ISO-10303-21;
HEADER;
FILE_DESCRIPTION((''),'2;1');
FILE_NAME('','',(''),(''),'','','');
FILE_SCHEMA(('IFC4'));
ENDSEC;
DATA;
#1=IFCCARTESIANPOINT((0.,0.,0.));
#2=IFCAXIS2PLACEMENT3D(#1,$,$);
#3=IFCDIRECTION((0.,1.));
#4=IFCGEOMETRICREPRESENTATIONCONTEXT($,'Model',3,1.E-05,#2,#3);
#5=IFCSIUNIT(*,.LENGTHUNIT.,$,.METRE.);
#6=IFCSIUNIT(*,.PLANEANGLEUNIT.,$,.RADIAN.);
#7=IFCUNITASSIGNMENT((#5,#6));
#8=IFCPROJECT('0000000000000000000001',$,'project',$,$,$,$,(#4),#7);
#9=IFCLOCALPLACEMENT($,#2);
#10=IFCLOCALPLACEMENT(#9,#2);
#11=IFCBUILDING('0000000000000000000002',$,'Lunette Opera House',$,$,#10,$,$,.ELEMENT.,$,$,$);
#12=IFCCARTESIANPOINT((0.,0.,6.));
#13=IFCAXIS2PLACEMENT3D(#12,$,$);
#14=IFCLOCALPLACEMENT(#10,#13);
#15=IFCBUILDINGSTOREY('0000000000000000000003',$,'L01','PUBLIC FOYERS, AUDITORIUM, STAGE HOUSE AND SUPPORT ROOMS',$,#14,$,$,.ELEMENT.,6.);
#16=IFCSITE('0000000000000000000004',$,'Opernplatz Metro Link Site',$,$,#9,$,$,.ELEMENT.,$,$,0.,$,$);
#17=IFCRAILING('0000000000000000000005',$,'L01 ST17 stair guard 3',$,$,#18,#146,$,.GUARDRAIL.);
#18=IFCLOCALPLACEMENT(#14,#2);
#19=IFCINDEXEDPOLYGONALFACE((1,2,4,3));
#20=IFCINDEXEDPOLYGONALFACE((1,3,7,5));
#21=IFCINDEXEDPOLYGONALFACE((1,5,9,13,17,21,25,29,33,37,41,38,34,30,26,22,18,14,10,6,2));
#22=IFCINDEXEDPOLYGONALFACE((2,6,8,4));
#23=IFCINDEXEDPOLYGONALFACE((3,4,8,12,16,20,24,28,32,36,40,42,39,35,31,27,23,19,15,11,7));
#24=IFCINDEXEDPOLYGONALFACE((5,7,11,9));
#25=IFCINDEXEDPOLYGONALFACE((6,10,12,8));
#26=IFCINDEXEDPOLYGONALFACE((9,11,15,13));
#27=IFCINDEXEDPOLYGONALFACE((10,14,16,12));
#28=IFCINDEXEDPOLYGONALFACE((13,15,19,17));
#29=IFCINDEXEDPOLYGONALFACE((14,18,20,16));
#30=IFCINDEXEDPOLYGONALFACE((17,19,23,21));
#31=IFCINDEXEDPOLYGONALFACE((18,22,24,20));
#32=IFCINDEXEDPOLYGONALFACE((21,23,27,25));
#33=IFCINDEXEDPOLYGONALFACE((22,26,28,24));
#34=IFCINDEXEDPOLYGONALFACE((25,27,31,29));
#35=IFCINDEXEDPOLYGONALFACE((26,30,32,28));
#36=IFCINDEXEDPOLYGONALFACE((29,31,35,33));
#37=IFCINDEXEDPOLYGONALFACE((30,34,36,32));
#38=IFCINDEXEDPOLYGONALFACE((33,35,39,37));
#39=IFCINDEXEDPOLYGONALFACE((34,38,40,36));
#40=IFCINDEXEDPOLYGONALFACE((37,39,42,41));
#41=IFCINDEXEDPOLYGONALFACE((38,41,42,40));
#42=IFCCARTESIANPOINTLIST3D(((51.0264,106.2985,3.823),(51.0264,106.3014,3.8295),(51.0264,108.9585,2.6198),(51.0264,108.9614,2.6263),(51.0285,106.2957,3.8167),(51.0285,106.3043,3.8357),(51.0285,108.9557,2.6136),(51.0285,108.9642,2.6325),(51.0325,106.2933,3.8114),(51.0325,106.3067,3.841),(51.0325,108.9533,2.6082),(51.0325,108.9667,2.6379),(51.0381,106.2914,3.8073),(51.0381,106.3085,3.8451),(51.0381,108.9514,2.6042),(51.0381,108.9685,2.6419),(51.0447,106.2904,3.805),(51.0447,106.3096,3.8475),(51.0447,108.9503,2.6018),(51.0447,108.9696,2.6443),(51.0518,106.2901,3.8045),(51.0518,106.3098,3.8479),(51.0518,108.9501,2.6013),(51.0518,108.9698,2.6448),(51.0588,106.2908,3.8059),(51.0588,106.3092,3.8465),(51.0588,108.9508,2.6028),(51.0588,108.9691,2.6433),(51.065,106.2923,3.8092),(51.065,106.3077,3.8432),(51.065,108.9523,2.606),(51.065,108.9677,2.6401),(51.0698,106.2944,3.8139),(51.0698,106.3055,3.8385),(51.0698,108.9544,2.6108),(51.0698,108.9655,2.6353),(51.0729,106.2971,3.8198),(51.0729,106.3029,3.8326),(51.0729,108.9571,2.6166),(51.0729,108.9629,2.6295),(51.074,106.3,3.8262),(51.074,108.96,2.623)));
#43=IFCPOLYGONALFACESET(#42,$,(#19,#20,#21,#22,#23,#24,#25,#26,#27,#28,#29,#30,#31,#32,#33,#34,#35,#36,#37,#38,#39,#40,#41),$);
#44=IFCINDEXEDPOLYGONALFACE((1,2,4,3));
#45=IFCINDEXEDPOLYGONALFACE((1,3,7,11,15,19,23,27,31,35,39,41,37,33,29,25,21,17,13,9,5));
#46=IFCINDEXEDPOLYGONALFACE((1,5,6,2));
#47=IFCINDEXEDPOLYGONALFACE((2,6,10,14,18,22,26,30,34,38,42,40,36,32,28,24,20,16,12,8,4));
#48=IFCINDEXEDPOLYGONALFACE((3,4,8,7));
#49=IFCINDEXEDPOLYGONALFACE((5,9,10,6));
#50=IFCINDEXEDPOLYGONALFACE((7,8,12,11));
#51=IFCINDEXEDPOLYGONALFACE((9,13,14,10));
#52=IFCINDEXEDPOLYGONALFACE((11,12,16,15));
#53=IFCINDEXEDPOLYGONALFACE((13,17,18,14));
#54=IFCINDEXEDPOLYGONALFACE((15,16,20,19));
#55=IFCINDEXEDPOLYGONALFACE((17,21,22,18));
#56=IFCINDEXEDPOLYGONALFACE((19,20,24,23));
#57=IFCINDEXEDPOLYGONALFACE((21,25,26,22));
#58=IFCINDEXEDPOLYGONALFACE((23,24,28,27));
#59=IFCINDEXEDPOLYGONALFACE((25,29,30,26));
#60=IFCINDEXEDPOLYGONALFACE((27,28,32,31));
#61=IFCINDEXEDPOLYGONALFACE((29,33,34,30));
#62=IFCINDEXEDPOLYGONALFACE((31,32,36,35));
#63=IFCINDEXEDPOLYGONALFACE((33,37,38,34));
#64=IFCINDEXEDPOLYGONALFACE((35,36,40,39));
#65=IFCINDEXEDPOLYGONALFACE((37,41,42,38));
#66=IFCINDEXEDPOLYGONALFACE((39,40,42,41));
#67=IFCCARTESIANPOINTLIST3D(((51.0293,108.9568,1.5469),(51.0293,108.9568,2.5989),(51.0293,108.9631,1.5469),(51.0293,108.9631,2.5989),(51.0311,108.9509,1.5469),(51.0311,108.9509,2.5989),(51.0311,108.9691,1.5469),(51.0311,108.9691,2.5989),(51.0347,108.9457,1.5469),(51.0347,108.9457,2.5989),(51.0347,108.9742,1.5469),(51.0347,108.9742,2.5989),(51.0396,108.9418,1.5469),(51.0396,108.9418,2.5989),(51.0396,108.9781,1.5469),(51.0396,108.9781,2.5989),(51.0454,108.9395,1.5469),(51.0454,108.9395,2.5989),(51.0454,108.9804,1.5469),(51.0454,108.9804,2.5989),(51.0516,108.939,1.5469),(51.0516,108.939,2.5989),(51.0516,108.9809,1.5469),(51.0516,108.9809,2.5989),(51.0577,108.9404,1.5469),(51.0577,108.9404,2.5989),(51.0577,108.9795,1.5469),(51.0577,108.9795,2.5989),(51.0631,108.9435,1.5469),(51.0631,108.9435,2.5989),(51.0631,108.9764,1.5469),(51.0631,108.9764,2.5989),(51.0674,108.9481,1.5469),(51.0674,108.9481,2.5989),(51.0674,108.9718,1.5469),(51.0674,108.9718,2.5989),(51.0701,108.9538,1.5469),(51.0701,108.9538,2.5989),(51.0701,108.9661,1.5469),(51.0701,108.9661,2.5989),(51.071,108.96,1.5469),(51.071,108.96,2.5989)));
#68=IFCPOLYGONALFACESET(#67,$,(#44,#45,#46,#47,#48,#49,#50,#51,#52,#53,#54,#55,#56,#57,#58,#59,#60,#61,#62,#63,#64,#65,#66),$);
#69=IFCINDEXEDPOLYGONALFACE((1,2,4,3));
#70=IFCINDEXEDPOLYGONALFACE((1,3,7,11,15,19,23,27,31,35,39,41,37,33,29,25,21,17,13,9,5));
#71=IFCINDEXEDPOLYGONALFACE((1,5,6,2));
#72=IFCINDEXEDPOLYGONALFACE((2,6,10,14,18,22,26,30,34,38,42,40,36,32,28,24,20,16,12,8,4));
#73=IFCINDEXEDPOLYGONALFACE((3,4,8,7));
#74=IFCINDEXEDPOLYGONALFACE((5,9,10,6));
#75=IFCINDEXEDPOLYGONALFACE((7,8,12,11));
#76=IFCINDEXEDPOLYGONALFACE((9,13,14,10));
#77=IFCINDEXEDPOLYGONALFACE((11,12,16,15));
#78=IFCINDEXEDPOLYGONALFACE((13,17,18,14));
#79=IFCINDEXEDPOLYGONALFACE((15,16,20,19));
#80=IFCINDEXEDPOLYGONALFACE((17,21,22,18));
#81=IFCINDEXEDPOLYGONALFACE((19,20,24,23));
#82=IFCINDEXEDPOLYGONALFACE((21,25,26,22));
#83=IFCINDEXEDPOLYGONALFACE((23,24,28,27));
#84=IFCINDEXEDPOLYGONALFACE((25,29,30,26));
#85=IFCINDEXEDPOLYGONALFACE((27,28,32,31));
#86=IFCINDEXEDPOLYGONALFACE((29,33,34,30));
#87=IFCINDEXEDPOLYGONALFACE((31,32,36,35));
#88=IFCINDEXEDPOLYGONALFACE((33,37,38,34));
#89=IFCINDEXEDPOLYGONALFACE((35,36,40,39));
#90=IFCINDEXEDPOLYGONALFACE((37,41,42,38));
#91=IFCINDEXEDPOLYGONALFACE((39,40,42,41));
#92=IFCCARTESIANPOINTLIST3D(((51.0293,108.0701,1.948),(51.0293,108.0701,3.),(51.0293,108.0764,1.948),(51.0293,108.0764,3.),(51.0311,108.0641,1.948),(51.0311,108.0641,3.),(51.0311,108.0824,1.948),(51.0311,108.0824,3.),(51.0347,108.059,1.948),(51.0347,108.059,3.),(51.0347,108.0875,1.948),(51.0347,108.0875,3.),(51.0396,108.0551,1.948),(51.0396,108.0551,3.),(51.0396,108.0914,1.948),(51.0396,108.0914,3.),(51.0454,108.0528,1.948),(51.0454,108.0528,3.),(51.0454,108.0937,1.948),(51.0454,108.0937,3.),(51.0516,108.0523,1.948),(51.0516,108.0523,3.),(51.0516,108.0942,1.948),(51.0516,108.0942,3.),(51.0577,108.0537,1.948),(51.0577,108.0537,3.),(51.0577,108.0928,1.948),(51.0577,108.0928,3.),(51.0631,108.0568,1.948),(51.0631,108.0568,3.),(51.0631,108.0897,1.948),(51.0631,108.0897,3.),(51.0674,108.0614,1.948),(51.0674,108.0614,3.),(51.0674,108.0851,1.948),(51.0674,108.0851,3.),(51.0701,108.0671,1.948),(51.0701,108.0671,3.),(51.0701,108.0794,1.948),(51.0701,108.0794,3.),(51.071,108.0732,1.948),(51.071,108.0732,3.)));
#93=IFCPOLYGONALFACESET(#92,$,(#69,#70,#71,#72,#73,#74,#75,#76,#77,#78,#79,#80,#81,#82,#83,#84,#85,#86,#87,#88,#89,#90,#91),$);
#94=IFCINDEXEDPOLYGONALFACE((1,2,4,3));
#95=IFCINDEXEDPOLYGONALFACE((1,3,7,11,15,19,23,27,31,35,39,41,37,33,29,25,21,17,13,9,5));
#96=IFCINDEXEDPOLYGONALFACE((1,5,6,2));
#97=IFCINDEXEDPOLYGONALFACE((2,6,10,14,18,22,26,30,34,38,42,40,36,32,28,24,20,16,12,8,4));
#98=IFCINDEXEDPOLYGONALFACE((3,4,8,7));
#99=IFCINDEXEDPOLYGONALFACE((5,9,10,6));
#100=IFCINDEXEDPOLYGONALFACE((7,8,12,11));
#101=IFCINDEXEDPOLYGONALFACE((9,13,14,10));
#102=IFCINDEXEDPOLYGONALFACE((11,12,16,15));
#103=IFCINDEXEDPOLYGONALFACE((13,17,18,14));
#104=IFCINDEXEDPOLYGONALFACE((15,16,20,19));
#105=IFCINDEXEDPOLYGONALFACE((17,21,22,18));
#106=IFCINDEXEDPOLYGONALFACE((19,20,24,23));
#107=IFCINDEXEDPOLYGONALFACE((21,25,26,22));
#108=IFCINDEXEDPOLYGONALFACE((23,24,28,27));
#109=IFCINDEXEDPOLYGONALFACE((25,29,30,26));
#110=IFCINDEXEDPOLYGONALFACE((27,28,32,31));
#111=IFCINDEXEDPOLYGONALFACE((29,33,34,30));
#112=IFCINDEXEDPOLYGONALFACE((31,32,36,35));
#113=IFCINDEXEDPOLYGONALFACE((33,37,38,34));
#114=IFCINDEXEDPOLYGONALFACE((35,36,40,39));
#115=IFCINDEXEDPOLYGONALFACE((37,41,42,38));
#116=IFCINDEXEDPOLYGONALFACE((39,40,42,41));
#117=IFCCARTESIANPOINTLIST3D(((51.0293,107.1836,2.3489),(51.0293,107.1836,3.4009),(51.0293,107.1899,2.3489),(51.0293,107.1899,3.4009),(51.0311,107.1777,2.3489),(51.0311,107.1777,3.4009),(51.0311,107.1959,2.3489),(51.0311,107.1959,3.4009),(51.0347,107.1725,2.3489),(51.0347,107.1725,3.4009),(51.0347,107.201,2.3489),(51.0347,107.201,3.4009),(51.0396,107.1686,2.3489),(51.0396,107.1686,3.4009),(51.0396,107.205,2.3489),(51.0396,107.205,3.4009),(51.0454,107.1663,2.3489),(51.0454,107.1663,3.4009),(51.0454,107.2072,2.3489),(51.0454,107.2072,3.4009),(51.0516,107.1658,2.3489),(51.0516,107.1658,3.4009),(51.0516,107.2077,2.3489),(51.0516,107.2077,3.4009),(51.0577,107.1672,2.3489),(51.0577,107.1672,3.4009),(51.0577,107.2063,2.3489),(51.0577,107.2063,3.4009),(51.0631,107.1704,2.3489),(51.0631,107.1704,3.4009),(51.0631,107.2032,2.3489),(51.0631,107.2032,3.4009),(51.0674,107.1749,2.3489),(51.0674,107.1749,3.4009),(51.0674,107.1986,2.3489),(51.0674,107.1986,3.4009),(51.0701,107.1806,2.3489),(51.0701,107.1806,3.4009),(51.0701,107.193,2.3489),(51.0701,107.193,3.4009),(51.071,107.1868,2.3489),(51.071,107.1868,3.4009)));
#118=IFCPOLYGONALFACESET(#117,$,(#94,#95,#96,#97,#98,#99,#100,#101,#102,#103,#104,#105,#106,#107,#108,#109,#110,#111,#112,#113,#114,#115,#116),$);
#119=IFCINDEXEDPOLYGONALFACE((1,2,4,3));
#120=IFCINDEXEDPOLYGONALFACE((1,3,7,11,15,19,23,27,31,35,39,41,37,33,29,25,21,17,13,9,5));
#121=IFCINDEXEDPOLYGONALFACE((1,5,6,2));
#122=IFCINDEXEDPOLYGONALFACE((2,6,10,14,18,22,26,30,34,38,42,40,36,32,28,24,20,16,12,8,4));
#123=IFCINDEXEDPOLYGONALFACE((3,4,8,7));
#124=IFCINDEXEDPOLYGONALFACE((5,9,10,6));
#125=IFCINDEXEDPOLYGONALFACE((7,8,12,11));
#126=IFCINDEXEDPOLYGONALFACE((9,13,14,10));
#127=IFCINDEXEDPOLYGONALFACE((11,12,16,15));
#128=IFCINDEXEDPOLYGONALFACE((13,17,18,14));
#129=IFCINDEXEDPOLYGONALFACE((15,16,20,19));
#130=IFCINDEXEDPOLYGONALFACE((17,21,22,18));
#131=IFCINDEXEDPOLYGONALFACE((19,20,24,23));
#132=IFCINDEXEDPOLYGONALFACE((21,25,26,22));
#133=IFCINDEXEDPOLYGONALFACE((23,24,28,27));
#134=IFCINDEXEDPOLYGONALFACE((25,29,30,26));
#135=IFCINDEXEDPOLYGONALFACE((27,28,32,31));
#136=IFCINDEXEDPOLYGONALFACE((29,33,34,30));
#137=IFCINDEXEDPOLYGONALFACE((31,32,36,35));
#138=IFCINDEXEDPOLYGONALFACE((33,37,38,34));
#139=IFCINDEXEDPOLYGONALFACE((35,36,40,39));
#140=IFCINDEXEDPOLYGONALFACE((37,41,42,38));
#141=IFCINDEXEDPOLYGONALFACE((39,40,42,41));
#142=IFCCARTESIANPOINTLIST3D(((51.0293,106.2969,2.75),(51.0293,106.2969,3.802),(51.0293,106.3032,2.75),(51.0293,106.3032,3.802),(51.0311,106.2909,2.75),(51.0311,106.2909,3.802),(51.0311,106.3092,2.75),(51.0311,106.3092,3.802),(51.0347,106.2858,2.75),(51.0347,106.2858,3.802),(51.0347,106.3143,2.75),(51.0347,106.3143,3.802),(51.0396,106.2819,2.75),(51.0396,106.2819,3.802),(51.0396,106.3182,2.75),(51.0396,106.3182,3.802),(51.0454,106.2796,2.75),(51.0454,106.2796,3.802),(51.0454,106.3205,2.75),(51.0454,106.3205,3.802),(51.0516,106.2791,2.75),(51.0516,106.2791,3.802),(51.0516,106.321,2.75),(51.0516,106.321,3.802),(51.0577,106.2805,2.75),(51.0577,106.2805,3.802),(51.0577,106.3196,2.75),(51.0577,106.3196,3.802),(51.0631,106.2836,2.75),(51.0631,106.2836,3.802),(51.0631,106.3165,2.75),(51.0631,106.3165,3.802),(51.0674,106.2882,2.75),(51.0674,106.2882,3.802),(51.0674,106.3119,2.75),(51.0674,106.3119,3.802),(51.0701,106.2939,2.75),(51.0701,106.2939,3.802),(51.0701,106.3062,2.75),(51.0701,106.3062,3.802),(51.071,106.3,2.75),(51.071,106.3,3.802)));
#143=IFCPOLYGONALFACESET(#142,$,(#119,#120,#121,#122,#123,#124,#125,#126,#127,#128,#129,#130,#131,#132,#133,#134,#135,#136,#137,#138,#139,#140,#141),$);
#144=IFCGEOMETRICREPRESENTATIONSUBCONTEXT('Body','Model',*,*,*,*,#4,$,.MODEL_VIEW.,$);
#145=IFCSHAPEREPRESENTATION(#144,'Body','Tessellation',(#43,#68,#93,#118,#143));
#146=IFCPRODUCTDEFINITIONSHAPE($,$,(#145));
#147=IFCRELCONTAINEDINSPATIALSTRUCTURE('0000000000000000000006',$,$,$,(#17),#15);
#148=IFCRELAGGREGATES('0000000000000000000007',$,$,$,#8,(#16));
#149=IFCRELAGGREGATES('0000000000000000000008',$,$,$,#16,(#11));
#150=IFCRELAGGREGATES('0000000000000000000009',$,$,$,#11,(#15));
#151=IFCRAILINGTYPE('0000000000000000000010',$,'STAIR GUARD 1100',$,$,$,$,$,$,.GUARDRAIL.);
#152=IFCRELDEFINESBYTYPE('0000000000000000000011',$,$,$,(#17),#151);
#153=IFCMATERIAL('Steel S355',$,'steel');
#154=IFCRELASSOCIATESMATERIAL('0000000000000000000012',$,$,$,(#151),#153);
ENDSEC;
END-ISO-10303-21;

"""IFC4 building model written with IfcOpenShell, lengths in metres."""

from ifc_helpers import new_model, si_unit, direction, frame, origin, origin_2d, place, context, subcontext, project, spatial, circle, extrude, material, type_object, element, save


model = new_model("IFC4")

# Units and contexts
model_context = context("Model", 3, precision=1e-05, world=origin(), true_north=direction((0.0, 1.0)))
body_context = subcontext(model_context, "Body", "Model", "MODEL_VIEW")
ifc_project = project(units=[si_unit("LENGTHUNIT", "METRE"), si_unit("PLANEANGLEUNIT", "RADIAN")], contexts=[model_context])

# Site, building, storey
site_placement = place(None, origin())
site = spatial("IfcSite", under=ifc_project, at=site_placement, Name="Opernplatz Metro Link Site", CompositionType="ELEMENT", RefElevation=0.0)
building_placement = place(site_placement, origin())
building = spatial("IfcBuilding", under=site, at=building_placement, Name="Lunette Opera House", CompositionType="ELEMENT")
storey_placement = place(building_placement, frame((0.0, 0.0, 6.0)))
storey = spatial("IfcBuildingStorey", under=building, at=storey_placement, Name="L01", Description="PUBLIC FOYERS, AUDITORIUM, STAGE HOUSE AND SUPPORT ROOMS", CompositionType="ELEMENT", Elevation=6.0)

# Railing
ifc_material_1 = material(Name="Steel S355", Category="steel")
railing_type_1 = type_object("IfcRailingType", Name="STAIR GUARD 1100", PredefinedType="GUARDRAIL", material=ifc_material_1)
railing_1_placement = place(storey_placement, frame((51.05, 108.96, 1.5469)))
element("IfcRailing", 1, at=railing_1_placement, inside=storey, type_object=railing_type_1, Name="L01 ST17 stair guard 3", PredefinedType="GUARDRAIL", context=body_context, shape_type="SweptSolid", body=[
    extrude(circle(Radius=0.0239, at=origin_2d()), frame((0.0, 0.0, 1.0762), z_axis=(0.0, -0.91113, 0.41212), x_axis=(1.0, 0.0, 0.0)), (0.0, 0.0, 1.0), 2.9194),
    extrude(circle(Radius=0.021, at=origin_2d()), origin(), (0.0, 0.0, 1.0), 1.052),
    extrude(circle(Radius=0.021, at=origin_2d()), frame((0.0, -0.8867, 0.4011)), (0.0, 0.0, 1.0), 1.052),
    extrude(circle(Radius=0.021, at=origin_2d()), frame((0.0, -1.7732, 0.802)), (0.0, 0.0, 1.0), 1.052),
    extrude(circle(Radius=0.021, at=origin_2d()), frame((0.0, -2.6599, 1.2031)), (0.0, 0.0, 1.0), 1.052),
])

save(model, "model.ifc")
